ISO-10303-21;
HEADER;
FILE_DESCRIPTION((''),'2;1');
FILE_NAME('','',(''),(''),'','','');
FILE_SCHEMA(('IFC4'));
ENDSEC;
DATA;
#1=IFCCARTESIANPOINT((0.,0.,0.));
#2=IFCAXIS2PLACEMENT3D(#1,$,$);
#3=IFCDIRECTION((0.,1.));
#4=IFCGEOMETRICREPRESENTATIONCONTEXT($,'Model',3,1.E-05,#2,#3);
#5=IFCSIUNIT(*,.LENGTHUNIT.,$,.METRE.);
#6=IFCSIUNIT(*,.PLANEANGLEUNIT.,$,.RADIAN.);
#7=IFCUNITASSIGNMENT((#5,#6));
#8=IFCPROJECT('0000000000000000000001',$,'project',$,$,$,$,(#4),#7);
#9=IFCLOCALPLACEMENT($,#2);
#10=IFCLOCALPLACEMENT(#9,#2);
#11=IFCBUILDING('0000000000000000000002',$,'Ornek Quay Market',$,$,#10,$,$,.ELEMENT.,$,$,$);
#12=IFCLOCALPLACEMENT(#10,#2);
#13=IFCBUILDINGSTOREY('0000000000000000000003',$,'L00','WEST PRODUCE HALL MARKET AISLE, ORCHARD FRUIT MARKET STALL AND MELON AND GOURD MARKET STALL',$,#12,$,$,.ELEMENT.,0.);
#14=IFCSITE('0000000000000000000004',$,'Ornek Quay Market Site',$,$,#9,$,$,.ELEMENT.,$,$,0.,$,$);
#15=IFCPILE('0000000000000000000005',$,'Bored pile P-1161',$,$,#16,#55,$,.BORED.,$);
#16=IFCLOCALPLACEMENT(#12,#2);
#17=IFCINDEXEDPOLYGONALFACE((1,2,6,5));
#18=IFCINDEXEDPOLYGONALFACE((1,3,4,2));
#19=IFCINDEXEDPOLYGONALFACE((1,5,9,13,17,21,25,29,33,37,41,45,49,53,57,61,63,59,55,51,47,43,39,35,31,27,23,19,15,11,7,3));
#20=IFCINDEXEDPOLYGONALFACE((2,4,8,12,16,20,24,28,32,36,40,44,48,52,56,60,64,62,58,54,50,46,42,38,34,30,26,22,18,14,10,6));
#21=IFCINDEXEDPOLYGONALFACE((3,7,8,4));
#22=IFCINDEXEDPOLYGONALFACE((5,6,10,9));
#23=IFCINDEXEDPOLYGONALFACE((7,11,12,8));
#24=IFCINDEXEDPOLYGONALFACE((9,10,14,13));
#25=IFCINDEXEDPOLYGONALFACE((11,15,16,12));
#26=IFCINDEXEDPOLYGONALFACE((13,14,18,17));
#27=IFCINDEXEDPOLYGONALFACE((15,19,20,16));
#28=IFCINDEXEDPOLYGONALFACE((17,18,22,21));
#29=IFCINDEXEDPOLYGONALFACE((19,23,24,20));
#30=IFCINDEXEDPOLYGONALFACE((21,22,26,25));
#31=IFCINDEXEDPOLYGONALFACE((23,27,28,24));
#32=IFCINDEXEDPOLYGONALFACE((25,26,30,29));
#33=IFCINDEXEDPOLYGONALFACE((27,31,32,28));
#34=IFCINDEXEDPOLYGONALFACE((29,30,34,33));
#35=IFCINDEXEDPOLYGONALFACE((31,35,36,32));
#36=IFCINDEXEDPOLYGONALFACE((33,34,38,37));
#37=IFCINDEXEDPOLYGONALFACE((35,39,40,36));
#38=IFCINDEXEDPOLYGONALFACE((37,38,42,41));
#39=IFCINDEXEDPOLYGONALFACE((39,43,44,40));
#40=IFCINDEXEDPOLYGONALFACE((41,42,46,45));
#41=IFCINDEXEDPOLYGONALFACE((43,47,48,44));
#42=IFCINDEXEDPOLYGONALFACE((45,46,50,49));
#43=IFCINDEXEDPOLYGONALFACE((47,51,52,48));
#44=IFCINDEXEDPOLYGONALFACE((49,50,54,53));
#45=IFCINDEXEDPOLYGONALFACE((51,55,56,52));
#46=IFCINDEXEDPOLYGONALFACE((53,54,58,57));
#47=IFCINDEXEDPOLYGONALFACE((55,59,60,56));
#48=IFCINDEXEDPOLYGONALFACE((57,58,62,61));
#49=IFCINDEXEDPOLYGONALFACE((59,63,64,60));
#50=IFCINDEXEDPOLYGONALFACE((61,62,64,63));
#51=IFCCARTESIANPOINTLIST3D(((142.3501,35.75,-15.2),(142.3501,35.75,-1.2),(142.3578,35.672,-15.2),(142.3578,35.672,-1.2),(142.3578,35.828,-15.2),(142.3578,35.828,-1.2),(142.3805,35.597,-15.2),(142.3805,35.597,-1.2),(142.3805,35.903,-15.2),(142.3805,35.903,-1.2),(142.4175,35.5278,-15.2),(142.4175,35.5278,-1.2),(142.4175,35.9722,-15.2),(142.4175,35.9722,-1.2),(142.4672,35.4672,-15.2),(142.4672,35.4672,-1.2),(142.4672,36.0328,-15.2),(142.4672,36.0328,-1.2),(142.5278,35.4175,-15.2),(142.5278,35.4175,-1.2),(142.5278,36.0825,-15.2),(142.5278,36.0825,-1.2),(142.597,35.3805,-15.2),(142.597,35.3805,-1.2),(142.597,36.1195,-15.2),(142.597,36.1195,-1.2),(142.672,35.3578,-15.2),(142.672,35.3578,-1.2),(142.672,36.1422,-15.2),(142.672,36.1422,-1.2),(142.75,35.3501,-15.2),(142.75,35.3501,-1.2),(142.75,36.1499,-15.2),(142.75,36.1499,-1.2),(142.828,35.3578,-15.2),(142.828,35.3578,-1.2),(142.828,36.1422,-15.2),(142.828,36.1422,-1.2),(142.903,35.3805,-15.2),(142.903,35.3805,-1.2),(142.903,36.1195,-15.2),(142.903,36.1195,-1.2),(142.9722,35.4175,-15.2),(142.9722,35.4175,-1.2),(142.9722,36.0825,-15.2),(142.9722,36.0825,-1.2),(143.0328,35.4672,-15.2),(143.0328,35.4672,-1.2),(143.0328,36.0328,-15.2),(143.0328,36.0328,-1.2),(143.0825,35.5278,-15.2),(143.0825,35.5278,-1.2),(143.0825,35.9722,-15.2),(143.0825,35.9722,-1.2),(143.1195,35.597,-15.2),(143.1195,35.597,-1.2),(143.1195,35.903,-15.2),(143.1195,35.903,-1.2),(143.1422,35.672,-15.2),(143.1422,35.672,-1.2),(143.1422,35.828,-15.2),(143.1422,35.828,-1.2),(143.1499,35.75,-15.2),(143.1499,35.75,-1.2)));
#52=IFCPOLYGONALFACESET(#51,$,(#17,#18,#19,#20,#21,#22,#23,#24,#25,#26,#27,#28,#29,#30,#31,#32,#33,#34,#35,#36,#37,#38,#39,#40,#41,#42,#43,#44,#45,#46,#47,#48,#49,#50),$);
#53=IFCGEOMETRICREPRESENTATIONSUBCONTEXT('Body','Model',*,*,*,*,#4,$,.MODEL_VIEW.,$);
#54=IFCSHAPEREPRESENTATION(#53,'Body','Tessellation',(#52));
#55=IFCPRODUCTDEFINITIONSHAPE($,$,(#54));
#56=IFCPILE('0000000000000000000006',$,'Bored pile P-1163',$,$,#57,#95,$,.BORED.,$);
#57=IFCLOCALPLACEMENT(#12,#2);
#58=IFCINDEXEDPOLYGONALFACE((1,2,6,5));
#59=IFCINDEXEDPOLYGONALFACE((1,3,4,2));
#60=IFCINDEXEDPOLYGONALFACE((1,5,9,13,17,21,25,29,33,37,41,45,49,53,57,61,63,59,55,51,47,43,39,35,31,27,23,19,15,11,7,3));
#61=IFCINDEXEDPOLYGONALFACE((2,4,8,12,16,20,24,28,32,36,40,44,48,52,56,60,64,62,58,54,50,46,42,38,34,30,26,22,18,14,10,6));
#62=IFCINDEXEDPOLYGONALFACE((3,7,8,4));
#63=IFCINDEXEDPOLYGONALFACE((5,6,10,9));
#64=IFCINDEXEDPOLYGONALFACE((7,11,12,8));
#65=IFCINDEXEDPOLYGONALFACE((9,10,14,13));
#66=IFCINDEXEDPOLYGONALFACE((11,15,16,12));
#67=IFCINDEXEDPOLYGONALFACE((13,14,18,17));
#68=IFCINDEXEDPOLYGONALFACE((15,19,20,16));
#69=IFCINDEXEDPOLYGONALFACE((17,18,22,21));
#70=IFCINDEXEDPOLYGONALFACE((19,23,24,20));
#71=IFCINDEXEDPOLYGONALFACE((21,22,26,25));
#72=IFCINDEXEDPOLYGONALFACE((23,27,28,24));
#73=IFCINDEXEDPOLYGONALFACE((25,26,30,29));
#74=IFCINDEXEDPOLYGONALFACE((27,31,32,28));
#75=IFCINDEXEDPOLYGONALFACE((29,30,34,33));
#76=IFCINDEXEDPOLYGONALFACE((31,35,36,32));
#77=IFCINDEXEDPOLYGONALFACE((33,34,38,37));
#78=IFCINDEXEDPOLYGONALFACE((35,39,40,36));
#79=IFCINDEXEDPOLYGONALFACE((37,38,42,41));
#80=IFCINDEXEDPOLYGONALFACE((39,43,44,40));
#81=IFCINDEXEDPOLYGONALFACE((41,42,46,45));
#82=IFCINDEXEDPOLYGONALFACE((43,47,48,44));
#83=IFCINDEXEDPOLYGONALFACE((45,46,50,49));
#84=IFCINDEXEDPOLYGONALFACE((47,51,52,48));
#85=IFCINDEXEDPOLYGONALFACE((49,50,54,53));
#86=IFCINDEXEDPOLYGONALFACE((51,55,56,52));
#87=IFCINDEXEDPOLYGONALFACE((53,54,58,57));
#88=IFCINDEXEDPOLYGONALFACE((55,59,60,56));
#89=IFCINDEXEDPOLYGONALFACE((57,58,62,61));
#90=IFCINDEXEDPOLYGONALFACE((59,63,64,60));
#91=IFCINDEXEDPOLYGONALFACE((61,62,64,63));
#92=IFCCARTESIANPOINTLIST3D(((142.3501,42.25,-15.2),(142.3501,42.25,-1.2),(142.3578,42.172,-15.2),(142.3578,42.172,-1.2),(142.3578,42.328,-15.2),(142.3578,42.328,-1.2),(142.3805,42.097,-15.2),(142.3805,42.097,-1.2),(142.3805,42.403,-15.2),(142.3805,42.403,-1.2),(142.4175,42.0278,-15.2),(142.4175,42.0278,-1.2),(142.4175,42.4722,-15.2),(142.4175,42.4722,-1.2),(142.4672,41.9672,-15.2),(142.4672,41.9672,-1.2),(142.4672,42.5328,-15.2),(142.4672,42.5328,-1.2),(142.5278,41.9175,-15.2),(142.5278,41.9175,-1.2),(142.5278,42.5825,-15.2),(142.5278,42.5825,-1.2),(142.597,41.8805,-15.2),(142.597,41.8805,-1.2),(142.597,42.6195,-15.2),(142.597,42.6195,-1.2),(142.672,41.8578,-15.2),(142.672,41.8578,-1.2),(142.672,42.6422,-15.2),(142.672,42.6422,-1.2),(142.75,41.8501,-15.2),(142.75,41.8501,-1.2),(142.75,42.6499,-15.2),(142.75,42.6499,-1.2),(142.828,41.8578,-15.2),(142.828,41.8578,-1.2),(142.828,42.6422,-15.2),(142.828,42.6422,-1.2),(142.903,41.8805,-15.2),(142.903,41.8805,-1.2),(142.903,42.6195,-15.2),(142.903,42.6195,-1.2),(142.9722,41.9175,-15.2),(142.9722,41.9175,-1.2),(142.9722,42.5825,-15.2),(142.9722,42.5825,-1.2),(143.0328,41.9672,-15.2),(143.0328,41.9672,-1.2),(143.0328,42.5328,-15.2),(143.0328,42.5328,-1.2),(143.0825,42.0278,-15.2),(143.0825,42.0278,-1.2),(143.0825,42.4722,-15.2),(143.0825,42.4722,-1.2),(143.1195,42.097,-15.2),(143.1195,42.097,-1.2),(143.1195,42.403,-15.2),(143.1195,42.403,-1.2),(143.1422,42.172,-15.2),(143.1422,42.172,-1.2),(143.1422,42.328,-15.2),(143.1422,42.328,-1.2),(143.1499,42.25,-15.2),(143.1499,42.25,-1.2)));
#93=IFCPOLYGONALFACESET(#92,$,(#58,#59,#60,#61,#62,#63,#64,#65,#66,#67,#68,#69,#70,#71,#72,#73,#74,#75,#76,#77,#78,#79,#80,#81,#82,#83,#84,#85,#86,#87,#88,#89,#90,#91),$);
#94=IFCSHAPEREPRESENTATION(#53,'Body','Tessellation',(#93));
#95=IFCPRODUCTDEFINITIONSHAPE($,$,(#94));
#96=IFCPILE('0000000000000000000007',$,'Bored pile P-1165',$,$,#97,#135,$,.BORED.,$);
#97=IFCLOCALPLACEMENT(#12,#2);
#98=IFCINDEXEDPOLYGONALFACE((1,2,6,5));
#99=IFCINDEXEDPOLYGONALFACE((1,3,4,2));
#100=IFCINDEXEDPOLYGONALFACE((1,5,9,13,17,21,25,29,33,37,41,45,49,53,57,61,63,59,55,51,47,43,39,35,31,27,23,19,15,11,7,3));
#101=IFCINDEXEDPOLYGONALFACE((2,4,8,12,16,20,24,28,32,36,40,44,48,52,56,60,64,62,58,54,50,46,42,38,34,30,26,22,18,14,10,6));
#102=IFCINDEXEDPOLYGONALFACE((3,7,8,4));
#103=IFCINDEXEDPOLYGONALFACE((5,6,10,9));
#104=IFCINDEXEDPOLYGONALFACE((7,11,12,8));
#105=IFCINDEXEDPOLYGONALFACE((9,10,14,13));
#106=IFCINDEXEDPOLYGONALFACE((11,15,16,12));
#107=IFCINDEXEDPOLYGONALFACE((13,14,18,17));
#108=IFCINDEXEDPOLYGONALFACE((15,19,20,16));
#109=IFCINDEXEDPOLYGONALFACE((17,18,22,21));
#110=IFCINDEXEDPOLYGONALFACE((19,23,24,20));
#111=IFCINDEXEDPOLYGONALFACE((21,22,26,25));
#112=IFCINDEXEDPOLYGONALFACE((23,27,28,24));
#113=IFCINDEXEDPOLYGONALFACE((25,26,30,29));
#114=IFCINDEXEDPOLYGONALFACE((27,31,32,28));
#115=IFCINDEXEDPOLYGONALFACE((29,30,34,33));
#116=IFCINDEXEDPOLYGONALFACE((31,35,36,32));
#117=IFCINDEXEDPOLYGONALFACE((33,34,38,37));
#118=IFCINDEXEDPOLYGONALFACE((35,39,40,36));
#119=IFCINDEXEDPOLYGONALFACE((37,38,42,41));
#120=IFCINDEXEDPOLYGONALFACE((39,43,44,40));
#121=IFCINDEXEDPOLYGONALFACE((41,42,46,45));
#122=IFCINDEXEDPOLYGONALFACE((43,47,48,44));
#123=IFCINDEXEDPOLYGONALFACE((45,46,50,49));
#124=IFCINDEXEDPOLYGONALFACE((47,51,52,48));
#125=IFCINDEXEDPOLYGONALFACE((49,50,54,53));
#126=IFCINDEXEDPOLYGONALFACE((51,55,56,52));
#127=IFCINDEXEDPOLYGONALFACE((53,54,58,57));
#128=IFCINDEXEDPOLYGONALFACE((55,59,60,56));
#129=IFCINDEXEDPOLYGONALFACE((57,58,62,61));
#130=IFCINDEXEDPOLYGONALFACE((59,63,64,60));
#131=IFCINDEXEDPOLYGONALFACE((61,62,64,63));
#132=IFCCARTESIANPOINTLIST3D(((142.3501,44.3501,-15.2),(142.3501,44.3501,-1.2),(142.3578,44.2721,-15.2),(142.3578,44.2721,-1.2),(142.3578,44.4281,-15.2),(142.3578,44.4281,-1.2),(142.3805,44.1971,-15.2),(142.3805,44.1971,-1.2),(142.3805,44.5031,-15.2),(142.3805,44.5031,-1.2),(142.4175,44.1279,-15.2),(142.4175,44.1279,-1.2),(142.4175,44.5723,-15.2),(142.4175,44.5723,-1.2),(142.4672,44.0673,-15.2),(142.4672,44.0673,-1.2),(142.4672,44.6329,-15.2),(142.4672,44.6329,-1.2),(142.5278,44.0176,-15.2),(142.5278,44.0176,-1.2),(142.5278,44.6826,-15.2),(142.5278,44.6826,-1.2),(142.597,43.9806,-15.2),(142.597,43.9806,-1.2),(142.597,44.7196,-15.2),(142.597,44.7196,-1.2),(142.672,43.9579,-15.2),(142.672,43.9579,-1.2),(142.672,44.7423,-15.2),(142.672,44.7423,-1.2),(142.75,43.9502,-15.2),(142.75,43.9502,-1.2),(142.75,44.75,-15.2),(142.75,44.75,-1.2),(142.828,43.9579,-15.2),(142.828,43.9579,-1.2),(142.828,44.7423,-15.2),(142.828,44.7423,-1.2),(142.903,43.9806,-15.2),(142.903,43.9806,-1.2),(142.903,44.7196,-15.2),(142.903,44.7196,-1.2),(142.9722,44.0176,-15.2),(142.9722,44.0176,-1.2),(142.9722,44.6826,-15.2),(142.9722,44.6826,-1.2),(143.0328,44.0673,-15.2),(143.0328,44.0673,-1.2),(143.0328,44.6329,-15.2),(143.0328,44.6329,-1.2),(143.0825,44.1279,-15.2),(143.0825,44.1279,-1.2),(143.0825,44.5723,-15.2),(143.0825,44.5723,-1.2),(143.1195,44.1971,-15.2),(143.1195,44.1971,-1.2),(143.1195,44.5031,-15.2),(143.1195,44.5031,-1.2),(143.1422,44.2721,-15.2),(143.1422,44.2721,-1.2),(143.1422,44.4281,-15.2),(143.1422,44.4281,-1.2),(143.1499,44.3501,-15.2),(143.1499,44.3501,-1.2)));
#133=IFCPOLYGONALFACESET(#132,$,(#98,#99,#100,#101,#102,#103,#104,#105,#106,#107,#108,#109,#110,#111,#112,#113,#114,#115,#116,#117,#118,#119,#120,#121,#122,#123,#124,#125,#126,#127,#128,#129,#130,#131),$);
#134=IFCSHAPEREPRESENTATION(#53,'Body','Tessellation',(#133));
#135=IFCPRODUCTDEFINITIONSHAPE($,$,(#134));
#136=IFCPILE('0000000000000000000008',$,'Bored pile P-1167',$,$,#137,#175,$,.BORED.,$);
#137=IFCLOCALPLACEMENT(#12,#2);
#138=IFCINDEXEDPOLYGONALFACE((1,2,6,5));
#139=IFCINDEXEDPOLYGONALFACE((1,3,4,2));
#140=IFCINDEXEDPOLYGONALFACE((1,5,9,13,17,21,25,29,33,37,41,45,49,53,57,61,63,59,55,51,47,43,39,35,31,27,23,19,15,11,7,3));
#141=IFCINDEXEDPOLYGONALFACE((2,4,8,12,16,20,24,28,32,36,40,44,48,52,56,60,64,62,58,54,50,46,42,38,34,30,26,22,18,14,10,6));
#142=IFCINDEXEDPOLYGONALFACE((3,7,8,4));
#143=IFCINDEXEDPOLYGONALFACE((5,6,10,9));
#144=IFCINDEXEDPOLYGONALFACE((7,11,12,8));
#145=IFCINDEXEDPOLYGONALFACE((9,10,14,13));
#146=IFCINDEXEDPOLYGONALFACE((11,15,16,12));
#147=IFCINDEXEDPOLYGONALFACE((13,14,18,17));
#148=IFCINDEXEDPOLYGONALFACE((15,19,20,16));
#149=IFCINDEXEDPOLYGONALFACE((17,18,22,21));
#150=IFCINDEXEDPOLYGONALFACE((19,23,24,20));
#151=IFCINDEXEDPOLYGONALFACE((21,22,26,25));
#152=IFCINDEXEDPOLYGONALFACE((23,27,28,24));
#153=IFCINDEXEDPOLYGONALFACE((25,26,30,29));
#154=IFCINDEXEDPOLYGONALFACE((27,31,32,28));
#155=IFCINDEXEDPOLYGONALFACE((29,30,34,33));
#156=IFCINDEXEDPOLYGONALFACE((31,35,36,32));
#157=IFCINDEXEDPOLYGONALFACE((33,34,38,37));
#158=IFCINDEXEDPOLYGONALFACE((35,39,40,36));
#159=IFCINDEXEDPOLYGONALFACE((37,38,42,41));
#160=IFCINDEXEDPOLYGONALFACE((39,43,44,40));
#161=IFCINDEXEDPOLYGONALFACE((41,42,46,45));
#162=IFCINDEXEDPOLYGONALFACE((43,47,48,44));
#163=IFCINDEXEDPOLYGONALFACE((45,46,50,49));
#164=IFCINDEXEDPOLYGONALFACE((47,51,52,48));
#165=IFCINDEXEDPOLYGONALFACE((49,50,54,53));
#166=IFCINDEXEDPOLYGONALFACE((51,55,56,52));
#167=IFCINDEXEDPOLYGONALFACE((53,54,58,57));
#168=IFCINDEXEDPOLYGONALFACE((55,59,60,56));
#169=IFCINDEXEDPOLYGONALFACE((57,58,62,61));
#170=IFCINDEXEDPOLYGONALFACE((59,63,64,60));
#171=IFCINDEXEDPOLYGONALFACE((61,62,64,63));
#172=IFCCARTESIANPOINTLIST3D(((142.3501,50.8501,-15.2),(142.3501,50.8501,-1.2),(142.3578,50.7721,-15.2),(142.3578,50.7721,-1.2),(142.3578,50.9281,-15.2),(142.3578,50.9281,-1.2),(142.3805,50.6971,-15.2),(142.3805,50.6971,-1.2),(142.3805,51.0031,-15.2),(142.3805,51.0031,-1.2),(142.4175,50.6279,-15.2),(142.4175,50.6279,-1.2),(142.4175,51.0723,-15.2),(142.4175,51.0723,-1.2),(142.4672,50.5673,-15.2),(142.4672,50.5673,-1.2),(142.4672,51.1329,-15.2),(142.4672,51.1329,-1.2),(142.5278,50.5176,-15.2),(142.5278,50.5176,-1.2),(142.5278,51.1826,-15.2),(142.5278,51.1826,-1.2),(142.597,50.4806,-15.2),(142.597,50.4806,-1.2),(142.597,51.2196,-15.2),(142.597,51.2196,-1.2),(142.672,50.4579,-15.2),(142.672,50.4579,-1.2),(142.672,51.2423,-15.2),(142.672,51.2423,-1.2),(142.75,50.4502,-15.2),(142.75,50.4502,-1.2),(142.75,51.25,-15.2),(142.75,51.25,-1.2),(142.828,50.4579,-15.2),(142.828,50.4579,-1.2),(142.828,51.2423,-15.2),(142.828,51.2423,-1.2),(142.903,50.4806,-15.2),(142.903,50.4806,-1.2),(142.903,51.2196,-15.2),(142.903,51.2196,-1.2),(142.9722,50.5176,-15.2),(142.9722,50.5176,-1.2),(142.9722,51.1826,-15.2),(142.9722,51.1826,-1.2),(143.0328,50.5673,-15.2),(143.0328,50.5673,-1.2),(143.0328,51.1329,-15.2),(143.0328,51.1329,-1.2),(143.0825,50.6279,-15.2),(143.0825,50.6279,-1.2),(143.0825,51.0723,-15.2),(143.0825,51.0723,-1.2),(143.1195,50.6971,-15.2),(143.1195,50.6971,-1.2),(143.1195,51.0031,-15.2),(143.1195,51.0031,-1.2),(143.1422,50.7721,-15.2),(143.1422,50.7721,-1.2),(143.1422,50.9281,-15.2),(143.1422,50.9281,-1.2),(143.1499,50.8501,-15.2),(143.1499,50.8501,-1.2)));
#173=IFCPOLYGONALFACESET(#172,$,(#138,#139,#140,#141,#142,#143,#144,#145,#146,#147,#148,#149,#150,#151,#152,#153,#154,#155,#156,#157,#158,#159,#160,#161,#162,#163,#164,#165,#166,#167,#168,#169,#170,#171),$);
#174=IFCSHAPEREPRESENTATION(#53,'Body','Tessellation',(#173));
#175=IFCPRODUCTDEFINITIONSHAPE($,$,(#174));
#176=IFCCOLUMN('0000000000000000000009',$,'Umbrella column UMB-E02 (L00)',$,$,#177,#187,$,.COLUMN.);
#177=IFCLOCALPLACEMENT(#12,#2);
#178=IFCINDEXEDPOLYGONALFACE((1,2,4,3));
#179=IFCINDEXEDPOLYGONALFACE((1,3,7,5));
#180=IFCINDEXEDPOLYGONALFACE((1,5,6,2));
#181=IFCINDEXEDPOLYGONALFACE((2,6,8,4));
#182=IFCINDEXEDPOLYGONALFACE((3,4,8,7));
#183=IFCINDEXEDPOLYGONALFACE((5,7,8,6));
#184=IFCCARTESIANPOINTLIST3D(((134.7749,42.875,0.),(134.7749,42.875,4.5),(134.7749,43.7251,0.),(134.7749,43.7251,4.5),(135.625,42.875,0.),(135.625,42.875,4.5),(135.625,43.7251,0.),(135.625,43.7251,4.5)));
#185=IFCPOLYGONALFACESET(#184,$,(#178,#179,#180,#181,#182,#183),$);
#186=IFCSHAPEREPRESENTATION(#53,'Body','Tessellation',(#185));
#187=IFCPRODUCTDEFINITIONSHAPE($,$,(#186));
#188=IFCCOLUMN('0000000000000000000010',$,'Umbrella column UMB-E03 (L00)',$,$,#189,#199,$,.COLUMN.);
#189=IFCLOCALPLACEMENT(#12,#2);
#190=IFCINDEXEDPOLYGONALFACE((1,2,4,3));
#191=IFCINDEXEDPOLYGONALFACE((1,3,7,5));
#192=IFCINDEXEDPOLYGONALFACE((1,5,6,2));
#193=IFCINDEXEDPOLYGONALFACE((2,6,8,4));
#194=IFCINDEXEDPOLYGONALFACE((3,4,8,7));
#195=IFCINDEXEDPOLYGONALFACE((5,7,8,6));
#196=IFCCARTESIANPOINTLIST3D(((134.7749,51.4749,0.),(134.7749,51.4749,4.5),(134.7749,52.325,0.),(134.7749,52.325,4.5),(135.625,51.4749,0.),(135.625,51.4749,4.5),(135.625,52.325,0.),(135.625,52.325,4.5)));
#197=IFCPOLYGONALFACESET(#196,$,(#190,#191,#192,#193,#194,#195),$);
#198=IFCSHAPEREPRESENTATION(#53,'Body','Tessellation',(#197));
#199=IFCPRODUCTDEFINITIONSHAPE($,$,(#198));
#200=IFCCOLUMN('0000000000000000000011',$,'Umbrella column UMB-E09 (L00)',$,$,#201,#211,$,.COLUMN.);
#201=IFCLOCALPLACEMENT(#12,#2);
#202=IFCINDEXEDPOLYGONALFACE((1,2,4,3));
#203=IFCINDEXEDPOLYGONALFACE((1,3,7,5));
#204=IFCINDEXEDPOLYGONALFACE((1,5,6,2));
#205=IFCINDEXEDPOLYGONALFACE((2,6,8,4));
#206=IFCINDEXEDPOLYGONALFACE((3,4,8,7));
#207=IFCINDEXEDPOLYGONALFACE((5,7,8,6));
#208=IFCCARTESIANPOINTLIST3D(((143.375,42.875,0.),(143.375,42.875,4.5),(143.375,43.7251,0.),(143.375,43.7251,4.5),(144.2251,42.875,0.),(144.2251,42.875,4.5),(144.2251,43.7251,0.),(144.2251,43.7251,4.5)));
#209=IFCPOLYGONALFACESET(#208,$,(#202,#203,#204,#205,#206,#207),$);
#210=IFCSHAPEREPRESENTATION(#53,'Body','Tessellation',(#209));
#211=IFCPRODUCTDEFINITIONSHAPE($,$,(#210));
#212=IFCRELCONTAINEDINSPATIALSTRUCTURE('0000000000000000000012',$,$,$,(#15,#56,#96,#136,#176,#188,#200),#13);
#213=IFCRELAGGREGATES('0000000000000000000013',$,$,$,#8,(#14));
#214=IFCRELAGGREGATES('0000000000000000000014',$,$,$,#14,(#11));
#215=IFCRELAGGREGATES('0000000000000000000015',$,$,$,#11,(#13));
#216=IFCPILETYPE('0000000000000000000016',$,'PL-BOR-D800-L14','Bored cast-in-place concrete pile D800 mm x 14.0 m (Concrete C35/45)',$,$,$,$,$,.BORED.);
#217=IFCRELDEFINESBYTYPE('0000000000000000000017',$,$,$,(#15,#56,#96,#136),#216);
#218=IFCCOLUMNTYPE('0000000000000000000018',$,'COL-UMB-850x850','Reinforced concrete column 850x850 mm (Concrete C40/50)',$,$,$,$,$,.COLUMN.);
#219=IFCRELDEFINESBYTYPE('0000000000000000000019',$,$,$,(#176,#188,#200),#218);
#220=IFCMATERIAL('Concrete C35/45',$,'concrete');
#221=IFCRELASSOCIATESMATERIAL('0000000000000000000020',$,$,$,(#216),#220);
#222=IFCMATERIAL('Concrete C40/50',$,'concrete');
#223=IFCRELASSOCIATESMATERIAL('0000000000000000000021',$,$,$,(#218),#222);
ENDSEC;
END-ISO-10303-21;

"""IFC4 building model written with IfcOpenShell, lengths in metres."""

from ifc_helpers import new_model, si_unit, direction, frame, origin, origin_2d, place, context, subcontext, project, spatial, rectangle, circle, extrude, material, material_profile, profile_set, type_object, element, save


model = new_model("IFC4")

# Units and contexts
model_context = context("Model", 3, precision=1e-05, world=origin(), true_north=direction((0.0, 1.0)))
body_context = subcontext(model_context, "Body", "Model", "MODEL_VIEW")
ifc_project = project(units=[si_unit("LENGTHUNIT", "METRE"), si_unit("PLANEANGLEUNIT", "RADIAN")], contexts=[model_context])

# Site, building, storey
site_placement = place(None, origin())
site = spatial("IfcSite", under=ifc_project, at=site_placement, Name="Ornek Quay Market Site", CompositionType="ELEMENT", RefElevation=0.0)
building_placement = place(site_placement, origin())
building = spatial("IfcBuilding", under=site, at=building_placement, Name="Ornek Quay Market", CompositionType="ELEMENT")
storey_placement = place(building_placement, origin())
storey = spatial("IfcBuildingStorey", under=building, at=storey_placement, Name="L00", Description="WEST PRODUCE HALL MARKET AISLE, ORCHARD FRUIT MARKET STALL AND MELON AND GOURD MARKET STALL", CompositionType="ELEMENT", Elevation=0.0)

# Piles
ifc_material_1 = material(Name="Concrete C35/45", Category="concrete")
ifc_material_profile_1 = material_profile(ifc_material_1, circle(Radius=0.3999, at=origin_2d()), Name="PILE D800", Category="concrete")
ifc_profile_set_1 = profile_set([ifc_material_profile_1], Name="Concrete C35/45")
pile_type = type_object("IfcPileType", Name="PL-BOR-D800-L14", Description="Bored cast-in-place concrete pile D800 mm x 14.0 m (Concrete C35/45)", PredefinedType="BORED", material=ifc_profile_set_1)
for number, where, z_axis, x_axis, name in (
    (1, (142.75, 35.75, -1.2), (0.0, 0.0, -1.0), (1.0, 0.0, 0.0), "Bored pile P-1161"),
    (2, (142.75, 42.25, -1.2), (0.0, 0.0, -1.0), (1.0, 0.0, 0.0), "Bored pile P-1163"),
    (3, (142.75, 44.3501, -1.2), (0.0, 0.0, -1.0), (1.0, 0.0, 0.0), "Bored pile P-1165"),
    (4, (142.75, 50.8501, -1.2), (0.0, 0.0, -1.0), (1.0, 0.0, 0.0), "Bored pile P-1167"),
):
    element("IfcPile", number, at=place(storey_placement, frame(where, z_axis=z_axis, x_axis=x_axis)), inside=storey, type_object=pile_type, Name=name, PredefinedType="BORED", context=body_context, shape_type="SweptSolid", body=[
        extrude(circle(Radius=0.3999, at=origin_2d()), origin(), (0.0, 0.0, 1.0), 14.0),
    ])

# Columns
ifc_material_2 = material(Name="Concrete C40/50", Category="concrete")
ifc_material_profile_2 = material_profile(ifc_material_2, rectangle(XDim=0.8501, YDim=0.8501, at=origin_2d()), Name="RC 850x850", Category="concrete")
ifc_profile_set_2 = profile_set([ifc_material_profile_2], Name="Concrete C40/50")
column_type = type_object("IfcColumnType", Name="COL-UMB-850x850", Description="Reinforced concrete column 850x850 mm (Concrete C40/50)", PredefinedType="COLUMN", material=ifc_profile_set_2)
for number, where, z_axis, x_axis, name in (
    (5, (135.2, 43.3, 0.0), (0.0, 0.0, 1.0), (1.0, 0.0, 0.0), "Umbrella column UMB-E02 (L00)"),
    (6, (135.2, 51.8999, 0.0), (0.0, 0.0, 1.0), (1.0, 0.0, 0.0), "Umbrella column UMB-E03 (L00)"),
    (7, (143.8, 43.3, 0.0), (0.0, 0.0, 1.0), (1.0, 0.0, 0.0), "Umbrella column UMB-E09 (L00)"),
):
    element("IfcColumn", number, at=place(storey_placement, frame(where, z_axis=z_axis, x_axis=x_axis)), inside=storey, type_object=column_type, Name=name, PredefinedType="COLUMN", context=body_context, shape_type="SweptSolid", body=[
        extrude(rectangle(XDim=0.8501, YDim=0.8501, at=origin_2d()), origin(), (0.0, 0.0, 1.0), 4.5),
    ])

save(model, "model.ifc")
